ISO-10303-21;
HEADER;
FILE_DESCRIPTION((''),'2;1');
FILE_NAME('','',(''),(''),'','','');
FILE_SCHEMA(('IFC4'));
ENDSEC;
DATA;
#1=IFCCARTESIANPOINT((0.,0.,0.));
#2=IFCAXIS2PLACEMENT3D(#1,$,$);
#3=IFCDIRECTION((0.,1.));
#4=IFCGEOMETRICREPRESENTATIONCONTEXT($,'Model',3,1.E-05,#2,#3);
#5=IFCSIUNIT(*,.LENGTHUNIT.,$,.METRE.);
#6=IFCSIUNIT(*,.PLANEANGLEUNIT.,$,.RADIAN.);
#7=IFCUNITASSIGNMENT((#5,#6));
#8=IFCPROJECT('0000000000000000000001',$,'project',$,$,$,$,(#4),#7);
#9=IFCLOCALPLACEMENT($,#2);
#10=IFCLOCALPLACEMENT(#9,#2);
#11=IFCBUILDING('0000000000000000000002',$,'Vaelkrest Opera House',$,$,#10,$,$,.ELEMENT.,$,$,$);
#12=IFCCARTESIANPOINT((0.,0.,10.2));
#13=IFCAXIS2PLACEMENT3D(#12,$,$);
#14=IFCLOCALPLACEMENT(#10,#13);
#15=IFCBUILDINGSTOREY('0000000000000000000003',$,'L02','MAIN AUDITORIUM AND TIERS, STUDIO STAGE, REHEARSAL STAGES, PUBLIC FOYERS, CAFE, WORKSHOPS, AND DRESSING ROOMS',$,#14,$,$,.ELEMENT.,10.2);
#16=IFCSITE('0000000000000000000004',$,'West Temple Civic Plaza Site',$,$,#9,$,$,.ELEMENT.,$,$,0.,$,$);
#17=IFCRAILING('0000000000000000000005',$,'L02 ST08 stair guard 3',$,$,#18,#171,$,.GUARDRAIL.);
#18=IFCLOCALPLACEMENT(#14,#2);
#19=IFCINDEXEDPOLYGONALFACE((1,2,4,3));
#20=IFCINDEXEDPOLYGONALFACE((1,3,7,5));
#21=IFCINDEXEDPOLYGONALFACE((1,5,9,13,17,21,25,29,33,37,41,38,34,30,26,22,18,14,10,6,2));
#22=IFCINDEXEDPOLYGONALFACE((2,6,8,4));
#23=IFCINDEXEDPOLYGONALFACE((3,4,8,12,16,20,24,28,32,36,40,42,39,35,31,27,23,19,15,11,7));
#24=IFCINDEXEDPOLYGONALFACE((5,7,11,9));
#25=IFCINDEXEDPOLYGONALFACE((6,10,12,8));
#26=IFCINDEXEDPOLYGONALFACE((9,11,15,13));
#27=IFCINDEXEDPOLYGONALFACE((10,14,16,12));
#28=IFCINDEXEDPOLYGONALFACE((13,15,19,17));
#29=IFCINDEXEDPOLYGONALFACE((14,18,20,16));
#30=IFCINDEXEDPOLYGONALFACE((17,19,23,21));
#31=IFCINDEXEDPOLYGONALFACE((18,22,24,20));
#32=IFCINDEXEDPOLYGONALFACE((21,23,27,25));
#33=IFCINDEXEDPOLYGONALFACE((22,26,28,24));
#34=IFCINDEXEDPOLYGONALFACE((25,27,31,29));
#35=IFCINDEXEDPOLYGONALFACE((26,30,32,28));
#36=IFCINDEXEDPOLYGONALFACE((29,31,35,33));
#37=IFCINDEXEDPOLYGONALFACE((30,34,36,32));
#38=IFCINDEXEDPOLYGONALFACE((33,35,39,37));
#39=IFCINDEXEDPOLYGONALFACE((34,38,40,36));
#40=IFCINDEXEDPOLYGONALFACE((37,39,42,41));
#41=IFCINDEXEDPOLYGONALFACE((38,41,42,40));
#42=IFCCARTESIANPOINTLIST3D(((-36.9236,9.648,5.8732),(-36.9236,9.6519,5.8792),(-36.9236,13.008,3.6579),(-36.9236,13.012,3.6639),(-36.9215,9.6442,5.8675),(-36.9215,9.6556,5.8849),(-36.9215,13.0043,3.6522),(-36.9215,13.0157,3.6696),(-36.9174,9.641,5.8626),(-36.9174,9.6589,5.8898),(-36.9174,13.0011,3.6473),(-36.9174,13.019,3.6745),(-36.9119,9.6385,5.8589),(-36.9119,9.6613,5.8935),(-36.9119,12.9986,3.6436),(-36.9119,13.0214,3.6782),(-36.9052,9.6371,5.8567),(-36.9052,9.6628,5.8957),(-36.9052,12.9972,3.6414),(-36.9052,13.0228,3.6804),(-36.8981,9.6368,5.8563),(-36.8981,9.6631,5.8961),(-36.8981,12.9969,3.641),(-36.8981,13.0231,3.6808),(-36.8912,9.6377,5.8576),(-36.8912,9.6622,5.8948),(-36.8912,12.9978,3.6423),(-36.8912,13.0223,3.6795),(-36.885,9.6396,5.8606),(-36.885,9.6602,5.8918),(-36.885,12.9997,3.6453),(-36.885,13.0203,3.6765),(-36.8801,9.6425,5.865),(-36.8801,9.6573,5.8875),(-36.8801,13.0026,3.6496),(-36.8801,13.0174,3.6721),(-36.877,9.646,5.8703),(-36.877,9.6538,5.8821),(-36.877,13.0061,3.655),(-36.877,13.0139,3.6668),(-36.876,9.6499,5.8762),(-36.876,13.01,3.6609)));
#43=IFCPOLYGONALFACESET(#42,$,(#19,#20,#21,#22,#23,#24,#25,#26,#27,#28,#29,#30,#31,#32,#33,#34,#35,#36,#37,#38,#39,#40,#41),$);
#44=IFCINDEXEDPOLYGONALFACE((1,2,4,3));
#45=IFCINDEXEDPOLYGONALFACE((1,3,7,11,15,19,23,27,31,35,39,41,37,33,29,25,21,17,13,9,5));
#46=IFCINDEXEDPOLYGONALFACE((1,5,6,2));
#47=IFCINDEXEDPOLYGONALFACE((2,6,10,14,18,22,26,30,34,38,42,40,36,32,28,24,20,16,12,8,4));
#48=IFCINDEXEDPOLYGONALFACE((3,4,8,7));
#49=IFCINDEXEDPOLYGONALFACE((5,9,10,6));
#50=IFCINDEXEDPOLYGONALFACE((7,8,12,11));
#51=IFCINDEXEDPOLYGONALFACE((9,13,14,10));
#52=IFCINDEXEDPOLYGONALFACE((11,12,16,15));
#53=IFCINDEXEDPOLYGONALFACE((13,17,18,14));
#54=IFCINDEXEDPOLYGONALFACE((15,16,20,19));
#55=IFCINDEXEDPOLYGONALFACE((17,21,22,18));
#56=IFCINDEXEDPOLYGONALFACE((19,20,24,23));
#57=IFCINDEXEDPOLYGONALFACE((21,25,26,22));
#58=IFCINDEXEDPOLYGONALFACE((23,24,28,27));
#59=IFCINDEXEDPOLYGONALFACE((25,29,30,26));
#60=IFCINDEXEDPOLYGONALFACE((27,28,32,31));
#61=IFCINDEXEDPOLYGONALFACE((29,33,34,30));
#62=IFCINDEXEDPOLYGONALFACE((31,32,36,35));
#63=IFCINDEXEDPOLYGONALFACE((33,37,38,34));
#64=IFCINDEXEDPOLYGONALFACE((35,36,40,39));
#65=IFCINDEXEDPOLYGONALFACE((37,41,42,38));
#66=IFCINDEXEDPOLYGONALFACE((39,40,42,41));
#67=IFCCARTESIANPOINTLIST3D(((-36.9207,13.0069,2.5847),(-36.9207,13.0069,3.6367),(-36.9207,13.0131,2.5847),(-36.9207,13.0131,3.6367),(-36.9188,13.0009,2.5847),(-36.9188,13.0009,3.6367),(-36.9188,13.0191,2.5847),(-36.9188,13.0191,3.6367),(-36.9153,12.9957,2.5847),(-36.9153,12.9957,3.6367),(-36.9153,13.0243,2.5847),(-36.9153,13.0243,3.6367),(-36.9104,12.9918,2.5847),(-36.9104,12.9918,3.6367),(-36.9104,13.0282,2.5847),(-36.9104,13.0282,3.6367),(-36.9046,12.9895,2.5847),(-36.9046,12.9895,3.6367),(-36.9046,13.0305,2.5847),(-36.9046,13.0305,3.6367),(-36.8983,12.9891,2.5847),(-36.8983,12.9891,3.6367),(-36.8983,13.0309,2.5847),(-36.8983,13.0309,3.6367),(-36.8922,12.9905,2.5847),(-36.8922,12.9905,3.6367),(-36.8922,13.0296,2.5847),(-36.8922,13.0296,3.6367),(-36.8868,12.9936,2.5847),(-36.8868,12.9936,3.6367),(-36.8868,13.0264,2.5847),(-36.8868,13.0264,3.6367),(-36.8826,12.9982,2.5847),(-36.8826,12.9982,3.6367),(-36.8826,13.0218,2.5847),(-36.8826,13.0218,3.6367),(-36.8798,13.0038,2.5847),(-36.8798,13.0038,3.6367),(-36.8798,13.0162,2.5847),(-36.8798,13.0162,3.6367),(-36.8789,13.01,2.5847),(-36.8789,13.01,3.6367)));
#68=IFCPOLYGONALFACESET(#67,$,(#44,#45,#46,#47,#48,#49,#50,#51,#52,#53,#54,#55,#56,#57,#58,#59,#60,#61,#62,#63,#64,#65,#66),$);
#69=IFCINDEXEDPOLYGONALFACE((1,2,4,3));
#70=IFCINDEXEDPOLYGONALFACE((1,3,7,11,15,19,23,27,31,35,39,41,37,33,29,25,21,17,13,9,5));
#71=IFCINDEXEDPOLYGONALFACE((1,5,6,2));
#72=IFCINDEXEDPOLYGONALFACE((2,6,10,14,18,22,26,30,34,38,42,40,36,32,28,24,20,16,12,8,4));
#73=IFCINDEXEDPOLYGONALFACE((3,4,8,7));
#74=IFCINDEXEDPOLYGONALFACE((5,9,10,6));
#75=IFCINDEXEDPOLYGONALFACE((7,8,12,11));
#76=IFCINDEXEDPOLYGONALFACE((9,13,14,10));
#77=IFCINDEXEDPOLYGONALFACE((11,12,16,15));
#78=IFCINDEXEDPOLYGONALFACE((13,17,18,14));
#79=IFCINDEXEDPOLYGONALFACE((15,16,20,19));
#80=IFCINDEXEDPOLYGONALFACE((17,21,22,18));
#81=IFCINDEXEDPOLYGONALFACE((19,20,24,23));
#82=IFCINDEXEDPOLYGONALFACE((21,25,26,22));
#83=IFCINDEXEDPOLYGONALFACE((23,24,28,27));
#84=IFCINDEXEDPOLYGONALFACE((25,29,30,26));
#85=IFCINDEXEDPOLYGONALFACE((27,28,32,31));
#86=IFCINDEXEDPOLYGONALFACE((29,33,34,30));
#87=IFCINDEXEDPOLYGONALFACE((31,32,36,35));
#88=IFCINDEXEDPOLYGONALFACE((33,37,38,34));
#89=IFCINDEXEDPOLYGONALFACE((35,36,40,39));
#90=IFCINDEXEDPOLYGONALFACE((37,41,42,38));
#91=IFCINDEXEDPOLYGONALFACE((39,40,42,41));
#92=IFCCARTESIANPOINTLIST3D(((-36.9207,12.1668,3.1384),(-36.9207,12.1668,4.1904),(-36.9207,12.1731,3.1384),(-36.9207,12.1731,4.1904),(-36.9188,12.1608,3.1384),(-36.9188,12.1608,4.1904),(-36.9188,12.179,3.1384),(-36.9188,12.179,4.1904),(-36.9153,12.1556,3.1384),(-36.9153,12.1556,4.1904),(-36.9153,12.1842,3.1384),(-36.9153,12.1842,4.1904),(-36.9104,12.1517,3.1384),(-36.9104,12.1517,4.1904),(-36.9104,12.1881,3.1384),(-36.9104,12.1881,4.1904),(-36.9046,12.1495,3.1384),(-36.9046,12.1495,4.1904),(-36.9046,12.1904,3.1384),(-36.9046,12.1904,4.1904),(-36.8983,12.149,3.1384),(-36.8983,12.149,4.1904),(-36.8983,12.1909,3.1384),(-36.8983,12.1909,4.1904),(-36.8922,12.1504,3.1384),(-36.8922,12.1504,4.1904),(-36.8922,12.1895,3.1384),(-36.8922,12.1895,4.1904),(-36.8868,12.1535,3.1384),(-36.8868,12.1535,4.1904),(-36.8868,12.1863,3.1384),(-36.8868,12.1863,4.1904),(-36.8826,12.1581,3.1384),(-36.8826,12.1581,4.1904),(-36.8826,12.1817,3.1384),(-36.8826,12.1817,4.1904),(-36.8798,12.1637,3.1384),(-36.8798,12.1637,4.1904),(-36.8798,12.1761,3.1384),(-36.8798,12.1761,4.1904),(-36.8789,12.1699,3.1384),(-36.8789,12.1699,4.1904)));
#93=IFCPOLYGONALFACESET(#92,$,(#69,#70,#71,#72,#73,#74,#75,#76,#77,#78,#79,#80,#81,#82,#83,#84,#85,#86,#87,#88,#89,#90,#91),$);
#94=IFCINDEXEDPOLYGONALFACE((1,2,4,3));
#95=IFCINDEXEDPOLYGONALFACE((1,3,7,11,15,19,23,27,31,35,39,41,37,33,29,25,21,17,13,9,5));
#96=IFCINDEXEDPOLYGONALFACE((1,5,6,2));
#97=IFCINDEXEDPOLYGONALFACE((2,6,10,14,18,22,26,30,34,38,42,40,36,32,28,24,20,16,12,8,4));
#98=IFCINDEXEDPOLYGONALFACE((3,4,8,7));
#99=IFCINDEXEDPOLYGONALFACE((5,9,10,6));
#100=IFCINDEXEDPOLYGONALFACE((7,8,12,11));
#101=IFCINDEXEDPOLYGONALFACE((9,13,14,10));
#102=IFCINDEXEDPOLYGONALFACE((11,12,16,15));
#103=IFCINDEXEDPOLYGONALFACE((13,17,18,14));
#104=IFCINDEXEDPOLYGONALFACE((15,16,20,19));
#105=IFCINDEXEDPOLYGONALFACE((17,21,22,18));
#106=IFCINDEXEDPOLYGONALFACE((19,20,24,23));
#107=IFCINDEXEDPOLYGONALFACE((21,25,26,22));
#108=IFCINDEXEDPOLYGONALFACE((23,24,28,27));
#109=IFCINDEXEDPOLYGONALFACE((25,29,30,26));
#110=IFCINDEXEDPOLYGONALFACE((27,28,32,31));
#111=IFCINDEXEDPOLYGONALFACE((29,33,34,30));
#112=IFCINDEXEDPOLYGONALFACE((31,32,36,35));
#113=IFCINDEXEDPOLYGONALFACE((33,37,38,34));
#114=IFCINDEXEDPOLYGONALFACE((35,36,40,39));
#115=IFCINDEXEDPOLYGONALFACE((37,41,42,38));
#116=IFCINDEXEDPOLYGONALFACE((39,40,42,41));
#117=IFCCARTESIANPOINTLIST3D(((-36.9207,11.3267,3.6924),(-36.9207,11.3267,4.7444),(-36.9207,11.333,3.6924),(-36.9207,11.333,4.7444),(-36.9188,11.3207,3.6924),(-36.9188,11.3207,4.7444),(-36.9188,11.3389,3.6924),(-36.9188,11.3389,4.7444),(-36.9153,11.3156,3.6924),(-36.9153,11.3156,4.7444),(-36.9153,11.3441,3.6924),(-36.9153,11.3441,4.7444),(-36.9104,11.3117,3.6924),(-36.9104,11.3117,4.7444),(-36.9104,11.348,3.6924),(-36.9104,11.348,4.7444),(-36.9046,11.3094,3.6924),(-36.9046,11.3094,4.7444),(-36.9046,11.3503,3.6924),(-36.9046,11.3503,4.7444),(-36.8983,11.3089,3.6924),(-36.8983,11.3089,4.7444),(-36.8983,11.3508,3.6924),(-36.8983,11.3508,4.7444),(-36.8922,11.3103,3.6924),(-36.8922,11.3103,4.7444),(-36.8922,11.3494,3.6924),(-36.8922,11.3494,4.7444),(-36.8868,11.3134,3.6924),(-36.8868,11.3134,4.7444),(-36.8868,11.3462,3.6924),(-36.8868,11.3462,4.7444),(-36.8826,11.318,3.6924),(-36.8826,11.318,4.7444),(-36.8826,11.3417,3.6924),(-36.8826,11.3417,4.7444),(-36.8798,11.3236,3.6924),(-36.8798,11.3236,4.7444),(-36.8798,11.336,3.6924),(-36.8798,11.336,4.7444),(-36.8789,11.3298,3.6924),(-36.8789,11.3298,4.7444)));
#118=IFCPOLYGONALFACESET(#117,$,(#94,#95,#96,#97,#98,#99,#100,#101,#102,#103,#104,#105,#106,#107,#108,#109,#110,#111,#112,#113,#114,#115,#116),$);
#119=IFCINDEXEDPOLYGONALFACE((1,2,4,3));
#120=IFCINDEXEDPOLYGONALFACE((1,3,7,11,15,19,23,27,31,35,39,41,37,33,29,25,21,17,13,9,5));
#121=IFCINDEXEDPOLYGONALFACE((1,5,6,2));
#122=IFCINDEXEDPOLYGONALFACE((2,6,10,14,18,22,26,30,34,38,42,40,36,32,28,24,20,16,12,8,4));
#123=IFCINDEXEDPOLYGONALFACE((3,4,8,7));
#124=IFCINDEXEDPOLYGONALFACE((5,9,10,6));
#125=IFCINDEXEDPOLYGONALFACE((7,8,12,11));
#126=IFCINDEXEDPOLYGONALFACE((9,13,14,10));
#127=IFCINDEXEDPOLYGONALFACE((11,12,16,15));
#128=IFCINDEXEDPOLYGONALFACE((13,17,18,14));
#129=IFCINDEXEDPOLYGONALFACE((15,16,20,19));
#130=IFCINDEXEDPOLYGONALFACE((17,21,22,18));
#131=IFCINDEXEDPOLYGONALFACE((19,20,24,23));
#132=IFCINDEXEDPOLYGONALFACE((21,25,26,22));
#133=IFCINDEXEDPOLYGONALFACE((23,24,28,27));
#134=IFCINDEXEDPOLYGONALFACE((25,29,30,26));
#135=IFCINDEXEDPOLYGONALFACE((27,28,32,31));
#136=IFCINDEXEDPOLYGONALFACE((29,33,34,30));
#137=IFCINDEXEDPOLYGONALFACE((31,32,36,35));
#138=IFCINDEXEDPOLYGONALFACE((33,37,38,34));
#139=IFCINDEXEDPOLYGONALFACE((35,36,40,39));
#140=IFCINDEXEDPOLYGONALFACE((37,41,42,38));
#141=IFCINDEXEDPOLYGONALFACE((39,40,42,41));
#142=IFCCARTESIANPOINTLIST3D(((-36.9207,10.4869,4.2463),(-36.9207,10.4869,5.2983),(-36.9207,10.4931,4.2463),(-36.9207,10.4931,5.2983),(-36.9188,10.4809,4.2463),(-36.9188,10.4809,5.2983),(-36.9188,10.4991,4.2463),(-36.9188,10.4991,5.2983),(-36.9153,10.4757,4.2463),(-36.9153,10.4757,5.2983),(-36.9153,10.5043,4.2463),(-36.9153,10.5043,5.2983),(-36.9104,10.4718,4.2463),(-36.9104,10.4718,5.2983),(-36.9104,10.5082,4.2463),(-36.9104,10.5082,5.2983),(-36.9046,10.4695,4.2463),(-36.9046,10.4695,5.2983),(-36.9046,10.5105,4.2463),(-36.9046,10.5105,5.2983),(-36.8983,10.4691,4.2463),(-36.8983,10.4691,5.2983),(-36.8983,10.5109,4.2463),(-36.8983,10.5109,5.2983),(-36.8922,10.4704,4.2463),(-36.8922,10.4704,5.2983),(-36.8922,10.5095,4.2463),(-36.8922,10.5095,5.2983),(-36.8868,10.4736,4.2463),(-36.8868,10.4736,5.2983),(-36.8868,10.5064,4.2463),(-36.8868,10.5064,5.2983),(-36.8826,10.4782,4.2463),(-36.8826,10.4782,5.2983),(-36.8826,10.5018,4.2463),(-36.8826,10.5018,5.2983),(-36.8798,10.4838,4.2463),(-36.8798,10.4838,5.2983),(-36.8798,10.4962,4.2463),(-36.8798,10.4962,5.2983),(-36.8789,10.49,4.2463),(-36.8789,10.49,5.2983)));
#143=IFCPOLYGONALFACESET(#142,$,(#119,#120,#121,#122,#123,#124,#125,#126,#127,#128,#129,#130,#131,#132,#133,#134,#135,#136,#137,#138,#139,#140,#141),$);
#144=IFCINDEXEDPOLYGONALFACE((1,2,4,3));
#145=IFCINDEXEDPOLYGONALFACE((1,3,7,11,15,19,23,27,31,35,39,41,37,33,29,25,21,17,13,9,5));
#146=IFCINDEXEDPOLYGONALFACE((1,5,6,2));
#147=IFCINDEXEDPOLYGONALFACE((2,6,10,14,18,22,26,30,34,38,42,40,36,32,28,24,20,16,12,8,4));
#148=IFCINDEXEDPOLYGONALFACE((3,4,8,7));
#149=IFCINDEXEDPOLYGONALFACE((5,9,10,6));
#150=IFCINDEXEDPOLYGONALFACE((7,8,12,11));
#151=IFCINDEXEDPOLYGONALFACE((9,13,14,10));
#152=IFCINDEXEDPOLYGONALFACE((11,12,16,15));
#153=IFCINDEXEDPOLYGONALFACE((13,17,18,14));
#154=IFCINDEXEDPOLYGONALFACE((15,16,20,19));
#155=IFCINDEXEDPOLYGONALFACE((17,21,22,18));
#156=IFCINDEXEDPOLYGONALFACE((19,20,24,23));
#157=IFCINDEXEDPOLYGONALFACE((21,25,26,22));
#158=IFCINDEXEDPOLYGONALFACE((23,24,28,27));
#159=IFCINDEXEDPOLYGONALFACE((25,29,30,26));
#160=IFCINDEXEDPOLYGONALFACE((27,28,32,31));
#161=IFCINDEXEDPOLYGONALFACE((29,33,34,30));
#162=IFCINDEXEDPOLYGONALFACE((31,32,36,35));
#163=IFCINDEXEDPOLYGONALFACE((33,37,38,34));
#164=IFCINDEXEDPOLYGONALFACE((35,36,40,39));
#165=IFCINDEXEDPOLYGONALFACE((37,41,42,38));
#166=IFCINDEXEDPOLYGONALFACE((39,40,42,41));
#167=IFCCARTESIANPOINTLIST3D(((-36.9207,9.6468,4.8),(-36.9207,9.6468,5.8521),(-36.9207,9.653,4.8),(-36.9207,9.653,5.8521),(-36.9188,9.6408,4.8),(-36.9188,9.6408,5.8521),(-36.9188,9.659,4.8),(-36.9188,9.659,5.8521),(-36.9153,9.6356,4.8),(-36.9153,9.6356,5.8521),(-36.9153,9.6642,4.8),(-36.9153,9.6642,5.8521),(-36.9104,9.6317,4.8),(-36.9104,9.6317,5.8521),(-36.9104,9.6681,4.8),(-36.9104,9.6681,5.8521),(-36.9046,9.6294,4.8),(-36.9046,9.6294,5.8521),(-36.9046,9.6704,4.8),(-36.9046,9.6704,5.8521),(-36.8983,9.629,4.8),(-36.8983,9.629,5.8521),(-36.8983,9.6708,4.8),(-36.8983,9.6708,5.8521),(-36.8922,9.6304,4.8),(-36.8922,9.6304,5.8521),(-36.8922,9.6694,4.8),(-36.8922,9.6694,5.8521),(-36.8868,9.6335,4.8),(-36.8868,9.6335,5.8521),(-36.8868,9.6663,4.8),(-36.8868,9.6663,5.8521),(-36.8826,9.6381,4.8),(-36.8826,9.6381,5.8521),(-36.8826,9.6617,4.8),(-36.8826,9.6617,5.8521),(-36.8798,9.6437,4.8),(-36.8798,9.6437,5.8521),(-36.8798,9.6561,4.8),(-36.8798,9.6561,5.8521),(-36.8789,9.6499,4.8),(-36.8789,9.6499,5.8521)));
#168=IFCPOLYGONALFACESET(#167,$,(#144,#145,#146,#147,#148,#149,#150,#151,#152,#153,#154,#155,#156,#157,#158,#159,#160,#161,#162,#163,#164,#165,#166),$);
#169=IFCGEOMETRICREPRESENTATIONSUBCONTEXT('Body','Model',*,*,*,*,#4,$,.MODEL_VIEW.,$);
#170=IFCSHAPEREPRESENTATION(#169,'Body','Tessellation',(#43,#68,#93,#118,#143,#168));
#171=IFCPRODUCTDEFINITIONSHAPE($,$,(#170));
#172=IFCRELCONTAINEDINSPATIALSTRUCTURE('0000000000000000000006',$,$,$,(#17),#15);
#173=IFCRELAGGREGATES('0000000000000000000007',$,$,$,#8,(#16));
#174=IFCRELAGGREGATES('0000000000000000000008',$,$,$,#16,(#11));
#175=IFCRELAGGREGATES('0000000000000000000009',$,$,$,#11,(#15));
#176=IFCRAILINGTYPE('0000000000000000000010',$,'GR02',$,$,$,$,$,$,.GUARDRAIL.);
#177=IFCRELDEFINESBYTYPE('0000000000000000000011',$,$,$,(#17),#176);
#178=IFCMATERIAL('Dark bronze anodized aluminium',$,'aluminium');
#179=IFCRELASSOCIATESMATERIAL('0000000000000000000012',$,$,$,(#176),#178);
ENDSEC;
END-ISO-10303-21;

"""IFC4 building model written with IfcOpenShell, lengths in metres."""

from ifc_helpers import new_model, si_unit, direction, frame, origin, origin_2d, place, context, subcontext, project, spatial, circle, extrude, material, type_object, element, save


model = new_model("IFC4")

# Units and contexts
model_context = context("Model", 3, precision=1e-05, world=origin(), true_north=direction((0.0, 1.0)))
body_context = subcontext(model_context, "Body", "Model", "MODEL_VIEW")
ifc_project = project(units=[si_unit("LENGTHUNIT", "METRE"), si_unit("PLANEANGLEUNIT", "RADIAN")], contexts=[model_context])

# Site, building, storey
site_placement = place(None, origin())
site = spatial("IfcSite", under=ifc_project, at=site_placement, Name="West Temple Civic Plaza Site", CompositionType="ELEMENT", RefElevation=0.0)
building_placement = place(site_placement, origin())
building = spatial("IfcBuilding", under=site, at=building_placement, Name="Vaelkrest Opera House", CompositionType="ELEMENT")
storey_placement = place(building_placement, frame((0.0, 0.0, 10.2)))
storey = spatial("IfcBuildingStorey", under=building, at=storey_placement, Name="L02", Description="MAIN AUDITORIUM AND TIERS, STUDIO STAGE, REHEARSAL STAGES, PUBLIC FOYERS, CAFE, WORKSHOPS, AND DRESSING ROOMS", CompositionType="ELEMENT", Elevation=10.2)

# Shared definitions
ifc_material_1 = material(Name="Dark bronze anodized aluminium", Category="aluminium")

# Railing
railing_type_1 = type_object("IfcRailingType", Name="GR02", PredefinedType="GUARDRAIL", material=ifc_material_1)
railing_1_placement = place(storey_placement, frame((-36.8999, 13.01, 2.5847)))
element("IfcRailing", 1, at=railing_1_placement, inside=storey, type_object=railing_type_1, Name="L02 ST08 stair guard 3", PredefinedType="GUARDRAIL", context=body_context, shape_type="SweptSolid", body=[
    extrude(circle(Radius=0.0239, at=origin_2d()), frame((0.0, 0.0, 1.0762), z_axis=(0.0, -0.834876, 0.550437), x_axis=(1.0, 0.0, 0.0)), (0.0, 0.0, 1.0), 4.0247),
    extrude(circle(Radius=0.021, at=origin_2d()), origin(), (0.0, 0.0, 1.0), 1.052),
    extrude(circle(Radius=0.021, at=origin_2d()), frame((0.0, -0.8401, 0.5537)), (0.0, 0.0, 1.0), 1.052),
    extrude(circle(Radius=0.021, at=origin_2d()), frame((0.0, -1.6802, 1.1077)), (0.0, 0.0, 1.0), 1.052),
    extrude(circle(Radius=0.021, at=origin_2d()), frame((0.0, -2.52, 1.6616)), (0.0, 0.0, 1.0), 1.052),
    extrude(circle(Radius=0.021, at=origin_2d()), frame((0.0, -3.3601, 2.2153)), (0.0, 0.0, 1.0), 1.052),
])

save(model, "model.ifc")
